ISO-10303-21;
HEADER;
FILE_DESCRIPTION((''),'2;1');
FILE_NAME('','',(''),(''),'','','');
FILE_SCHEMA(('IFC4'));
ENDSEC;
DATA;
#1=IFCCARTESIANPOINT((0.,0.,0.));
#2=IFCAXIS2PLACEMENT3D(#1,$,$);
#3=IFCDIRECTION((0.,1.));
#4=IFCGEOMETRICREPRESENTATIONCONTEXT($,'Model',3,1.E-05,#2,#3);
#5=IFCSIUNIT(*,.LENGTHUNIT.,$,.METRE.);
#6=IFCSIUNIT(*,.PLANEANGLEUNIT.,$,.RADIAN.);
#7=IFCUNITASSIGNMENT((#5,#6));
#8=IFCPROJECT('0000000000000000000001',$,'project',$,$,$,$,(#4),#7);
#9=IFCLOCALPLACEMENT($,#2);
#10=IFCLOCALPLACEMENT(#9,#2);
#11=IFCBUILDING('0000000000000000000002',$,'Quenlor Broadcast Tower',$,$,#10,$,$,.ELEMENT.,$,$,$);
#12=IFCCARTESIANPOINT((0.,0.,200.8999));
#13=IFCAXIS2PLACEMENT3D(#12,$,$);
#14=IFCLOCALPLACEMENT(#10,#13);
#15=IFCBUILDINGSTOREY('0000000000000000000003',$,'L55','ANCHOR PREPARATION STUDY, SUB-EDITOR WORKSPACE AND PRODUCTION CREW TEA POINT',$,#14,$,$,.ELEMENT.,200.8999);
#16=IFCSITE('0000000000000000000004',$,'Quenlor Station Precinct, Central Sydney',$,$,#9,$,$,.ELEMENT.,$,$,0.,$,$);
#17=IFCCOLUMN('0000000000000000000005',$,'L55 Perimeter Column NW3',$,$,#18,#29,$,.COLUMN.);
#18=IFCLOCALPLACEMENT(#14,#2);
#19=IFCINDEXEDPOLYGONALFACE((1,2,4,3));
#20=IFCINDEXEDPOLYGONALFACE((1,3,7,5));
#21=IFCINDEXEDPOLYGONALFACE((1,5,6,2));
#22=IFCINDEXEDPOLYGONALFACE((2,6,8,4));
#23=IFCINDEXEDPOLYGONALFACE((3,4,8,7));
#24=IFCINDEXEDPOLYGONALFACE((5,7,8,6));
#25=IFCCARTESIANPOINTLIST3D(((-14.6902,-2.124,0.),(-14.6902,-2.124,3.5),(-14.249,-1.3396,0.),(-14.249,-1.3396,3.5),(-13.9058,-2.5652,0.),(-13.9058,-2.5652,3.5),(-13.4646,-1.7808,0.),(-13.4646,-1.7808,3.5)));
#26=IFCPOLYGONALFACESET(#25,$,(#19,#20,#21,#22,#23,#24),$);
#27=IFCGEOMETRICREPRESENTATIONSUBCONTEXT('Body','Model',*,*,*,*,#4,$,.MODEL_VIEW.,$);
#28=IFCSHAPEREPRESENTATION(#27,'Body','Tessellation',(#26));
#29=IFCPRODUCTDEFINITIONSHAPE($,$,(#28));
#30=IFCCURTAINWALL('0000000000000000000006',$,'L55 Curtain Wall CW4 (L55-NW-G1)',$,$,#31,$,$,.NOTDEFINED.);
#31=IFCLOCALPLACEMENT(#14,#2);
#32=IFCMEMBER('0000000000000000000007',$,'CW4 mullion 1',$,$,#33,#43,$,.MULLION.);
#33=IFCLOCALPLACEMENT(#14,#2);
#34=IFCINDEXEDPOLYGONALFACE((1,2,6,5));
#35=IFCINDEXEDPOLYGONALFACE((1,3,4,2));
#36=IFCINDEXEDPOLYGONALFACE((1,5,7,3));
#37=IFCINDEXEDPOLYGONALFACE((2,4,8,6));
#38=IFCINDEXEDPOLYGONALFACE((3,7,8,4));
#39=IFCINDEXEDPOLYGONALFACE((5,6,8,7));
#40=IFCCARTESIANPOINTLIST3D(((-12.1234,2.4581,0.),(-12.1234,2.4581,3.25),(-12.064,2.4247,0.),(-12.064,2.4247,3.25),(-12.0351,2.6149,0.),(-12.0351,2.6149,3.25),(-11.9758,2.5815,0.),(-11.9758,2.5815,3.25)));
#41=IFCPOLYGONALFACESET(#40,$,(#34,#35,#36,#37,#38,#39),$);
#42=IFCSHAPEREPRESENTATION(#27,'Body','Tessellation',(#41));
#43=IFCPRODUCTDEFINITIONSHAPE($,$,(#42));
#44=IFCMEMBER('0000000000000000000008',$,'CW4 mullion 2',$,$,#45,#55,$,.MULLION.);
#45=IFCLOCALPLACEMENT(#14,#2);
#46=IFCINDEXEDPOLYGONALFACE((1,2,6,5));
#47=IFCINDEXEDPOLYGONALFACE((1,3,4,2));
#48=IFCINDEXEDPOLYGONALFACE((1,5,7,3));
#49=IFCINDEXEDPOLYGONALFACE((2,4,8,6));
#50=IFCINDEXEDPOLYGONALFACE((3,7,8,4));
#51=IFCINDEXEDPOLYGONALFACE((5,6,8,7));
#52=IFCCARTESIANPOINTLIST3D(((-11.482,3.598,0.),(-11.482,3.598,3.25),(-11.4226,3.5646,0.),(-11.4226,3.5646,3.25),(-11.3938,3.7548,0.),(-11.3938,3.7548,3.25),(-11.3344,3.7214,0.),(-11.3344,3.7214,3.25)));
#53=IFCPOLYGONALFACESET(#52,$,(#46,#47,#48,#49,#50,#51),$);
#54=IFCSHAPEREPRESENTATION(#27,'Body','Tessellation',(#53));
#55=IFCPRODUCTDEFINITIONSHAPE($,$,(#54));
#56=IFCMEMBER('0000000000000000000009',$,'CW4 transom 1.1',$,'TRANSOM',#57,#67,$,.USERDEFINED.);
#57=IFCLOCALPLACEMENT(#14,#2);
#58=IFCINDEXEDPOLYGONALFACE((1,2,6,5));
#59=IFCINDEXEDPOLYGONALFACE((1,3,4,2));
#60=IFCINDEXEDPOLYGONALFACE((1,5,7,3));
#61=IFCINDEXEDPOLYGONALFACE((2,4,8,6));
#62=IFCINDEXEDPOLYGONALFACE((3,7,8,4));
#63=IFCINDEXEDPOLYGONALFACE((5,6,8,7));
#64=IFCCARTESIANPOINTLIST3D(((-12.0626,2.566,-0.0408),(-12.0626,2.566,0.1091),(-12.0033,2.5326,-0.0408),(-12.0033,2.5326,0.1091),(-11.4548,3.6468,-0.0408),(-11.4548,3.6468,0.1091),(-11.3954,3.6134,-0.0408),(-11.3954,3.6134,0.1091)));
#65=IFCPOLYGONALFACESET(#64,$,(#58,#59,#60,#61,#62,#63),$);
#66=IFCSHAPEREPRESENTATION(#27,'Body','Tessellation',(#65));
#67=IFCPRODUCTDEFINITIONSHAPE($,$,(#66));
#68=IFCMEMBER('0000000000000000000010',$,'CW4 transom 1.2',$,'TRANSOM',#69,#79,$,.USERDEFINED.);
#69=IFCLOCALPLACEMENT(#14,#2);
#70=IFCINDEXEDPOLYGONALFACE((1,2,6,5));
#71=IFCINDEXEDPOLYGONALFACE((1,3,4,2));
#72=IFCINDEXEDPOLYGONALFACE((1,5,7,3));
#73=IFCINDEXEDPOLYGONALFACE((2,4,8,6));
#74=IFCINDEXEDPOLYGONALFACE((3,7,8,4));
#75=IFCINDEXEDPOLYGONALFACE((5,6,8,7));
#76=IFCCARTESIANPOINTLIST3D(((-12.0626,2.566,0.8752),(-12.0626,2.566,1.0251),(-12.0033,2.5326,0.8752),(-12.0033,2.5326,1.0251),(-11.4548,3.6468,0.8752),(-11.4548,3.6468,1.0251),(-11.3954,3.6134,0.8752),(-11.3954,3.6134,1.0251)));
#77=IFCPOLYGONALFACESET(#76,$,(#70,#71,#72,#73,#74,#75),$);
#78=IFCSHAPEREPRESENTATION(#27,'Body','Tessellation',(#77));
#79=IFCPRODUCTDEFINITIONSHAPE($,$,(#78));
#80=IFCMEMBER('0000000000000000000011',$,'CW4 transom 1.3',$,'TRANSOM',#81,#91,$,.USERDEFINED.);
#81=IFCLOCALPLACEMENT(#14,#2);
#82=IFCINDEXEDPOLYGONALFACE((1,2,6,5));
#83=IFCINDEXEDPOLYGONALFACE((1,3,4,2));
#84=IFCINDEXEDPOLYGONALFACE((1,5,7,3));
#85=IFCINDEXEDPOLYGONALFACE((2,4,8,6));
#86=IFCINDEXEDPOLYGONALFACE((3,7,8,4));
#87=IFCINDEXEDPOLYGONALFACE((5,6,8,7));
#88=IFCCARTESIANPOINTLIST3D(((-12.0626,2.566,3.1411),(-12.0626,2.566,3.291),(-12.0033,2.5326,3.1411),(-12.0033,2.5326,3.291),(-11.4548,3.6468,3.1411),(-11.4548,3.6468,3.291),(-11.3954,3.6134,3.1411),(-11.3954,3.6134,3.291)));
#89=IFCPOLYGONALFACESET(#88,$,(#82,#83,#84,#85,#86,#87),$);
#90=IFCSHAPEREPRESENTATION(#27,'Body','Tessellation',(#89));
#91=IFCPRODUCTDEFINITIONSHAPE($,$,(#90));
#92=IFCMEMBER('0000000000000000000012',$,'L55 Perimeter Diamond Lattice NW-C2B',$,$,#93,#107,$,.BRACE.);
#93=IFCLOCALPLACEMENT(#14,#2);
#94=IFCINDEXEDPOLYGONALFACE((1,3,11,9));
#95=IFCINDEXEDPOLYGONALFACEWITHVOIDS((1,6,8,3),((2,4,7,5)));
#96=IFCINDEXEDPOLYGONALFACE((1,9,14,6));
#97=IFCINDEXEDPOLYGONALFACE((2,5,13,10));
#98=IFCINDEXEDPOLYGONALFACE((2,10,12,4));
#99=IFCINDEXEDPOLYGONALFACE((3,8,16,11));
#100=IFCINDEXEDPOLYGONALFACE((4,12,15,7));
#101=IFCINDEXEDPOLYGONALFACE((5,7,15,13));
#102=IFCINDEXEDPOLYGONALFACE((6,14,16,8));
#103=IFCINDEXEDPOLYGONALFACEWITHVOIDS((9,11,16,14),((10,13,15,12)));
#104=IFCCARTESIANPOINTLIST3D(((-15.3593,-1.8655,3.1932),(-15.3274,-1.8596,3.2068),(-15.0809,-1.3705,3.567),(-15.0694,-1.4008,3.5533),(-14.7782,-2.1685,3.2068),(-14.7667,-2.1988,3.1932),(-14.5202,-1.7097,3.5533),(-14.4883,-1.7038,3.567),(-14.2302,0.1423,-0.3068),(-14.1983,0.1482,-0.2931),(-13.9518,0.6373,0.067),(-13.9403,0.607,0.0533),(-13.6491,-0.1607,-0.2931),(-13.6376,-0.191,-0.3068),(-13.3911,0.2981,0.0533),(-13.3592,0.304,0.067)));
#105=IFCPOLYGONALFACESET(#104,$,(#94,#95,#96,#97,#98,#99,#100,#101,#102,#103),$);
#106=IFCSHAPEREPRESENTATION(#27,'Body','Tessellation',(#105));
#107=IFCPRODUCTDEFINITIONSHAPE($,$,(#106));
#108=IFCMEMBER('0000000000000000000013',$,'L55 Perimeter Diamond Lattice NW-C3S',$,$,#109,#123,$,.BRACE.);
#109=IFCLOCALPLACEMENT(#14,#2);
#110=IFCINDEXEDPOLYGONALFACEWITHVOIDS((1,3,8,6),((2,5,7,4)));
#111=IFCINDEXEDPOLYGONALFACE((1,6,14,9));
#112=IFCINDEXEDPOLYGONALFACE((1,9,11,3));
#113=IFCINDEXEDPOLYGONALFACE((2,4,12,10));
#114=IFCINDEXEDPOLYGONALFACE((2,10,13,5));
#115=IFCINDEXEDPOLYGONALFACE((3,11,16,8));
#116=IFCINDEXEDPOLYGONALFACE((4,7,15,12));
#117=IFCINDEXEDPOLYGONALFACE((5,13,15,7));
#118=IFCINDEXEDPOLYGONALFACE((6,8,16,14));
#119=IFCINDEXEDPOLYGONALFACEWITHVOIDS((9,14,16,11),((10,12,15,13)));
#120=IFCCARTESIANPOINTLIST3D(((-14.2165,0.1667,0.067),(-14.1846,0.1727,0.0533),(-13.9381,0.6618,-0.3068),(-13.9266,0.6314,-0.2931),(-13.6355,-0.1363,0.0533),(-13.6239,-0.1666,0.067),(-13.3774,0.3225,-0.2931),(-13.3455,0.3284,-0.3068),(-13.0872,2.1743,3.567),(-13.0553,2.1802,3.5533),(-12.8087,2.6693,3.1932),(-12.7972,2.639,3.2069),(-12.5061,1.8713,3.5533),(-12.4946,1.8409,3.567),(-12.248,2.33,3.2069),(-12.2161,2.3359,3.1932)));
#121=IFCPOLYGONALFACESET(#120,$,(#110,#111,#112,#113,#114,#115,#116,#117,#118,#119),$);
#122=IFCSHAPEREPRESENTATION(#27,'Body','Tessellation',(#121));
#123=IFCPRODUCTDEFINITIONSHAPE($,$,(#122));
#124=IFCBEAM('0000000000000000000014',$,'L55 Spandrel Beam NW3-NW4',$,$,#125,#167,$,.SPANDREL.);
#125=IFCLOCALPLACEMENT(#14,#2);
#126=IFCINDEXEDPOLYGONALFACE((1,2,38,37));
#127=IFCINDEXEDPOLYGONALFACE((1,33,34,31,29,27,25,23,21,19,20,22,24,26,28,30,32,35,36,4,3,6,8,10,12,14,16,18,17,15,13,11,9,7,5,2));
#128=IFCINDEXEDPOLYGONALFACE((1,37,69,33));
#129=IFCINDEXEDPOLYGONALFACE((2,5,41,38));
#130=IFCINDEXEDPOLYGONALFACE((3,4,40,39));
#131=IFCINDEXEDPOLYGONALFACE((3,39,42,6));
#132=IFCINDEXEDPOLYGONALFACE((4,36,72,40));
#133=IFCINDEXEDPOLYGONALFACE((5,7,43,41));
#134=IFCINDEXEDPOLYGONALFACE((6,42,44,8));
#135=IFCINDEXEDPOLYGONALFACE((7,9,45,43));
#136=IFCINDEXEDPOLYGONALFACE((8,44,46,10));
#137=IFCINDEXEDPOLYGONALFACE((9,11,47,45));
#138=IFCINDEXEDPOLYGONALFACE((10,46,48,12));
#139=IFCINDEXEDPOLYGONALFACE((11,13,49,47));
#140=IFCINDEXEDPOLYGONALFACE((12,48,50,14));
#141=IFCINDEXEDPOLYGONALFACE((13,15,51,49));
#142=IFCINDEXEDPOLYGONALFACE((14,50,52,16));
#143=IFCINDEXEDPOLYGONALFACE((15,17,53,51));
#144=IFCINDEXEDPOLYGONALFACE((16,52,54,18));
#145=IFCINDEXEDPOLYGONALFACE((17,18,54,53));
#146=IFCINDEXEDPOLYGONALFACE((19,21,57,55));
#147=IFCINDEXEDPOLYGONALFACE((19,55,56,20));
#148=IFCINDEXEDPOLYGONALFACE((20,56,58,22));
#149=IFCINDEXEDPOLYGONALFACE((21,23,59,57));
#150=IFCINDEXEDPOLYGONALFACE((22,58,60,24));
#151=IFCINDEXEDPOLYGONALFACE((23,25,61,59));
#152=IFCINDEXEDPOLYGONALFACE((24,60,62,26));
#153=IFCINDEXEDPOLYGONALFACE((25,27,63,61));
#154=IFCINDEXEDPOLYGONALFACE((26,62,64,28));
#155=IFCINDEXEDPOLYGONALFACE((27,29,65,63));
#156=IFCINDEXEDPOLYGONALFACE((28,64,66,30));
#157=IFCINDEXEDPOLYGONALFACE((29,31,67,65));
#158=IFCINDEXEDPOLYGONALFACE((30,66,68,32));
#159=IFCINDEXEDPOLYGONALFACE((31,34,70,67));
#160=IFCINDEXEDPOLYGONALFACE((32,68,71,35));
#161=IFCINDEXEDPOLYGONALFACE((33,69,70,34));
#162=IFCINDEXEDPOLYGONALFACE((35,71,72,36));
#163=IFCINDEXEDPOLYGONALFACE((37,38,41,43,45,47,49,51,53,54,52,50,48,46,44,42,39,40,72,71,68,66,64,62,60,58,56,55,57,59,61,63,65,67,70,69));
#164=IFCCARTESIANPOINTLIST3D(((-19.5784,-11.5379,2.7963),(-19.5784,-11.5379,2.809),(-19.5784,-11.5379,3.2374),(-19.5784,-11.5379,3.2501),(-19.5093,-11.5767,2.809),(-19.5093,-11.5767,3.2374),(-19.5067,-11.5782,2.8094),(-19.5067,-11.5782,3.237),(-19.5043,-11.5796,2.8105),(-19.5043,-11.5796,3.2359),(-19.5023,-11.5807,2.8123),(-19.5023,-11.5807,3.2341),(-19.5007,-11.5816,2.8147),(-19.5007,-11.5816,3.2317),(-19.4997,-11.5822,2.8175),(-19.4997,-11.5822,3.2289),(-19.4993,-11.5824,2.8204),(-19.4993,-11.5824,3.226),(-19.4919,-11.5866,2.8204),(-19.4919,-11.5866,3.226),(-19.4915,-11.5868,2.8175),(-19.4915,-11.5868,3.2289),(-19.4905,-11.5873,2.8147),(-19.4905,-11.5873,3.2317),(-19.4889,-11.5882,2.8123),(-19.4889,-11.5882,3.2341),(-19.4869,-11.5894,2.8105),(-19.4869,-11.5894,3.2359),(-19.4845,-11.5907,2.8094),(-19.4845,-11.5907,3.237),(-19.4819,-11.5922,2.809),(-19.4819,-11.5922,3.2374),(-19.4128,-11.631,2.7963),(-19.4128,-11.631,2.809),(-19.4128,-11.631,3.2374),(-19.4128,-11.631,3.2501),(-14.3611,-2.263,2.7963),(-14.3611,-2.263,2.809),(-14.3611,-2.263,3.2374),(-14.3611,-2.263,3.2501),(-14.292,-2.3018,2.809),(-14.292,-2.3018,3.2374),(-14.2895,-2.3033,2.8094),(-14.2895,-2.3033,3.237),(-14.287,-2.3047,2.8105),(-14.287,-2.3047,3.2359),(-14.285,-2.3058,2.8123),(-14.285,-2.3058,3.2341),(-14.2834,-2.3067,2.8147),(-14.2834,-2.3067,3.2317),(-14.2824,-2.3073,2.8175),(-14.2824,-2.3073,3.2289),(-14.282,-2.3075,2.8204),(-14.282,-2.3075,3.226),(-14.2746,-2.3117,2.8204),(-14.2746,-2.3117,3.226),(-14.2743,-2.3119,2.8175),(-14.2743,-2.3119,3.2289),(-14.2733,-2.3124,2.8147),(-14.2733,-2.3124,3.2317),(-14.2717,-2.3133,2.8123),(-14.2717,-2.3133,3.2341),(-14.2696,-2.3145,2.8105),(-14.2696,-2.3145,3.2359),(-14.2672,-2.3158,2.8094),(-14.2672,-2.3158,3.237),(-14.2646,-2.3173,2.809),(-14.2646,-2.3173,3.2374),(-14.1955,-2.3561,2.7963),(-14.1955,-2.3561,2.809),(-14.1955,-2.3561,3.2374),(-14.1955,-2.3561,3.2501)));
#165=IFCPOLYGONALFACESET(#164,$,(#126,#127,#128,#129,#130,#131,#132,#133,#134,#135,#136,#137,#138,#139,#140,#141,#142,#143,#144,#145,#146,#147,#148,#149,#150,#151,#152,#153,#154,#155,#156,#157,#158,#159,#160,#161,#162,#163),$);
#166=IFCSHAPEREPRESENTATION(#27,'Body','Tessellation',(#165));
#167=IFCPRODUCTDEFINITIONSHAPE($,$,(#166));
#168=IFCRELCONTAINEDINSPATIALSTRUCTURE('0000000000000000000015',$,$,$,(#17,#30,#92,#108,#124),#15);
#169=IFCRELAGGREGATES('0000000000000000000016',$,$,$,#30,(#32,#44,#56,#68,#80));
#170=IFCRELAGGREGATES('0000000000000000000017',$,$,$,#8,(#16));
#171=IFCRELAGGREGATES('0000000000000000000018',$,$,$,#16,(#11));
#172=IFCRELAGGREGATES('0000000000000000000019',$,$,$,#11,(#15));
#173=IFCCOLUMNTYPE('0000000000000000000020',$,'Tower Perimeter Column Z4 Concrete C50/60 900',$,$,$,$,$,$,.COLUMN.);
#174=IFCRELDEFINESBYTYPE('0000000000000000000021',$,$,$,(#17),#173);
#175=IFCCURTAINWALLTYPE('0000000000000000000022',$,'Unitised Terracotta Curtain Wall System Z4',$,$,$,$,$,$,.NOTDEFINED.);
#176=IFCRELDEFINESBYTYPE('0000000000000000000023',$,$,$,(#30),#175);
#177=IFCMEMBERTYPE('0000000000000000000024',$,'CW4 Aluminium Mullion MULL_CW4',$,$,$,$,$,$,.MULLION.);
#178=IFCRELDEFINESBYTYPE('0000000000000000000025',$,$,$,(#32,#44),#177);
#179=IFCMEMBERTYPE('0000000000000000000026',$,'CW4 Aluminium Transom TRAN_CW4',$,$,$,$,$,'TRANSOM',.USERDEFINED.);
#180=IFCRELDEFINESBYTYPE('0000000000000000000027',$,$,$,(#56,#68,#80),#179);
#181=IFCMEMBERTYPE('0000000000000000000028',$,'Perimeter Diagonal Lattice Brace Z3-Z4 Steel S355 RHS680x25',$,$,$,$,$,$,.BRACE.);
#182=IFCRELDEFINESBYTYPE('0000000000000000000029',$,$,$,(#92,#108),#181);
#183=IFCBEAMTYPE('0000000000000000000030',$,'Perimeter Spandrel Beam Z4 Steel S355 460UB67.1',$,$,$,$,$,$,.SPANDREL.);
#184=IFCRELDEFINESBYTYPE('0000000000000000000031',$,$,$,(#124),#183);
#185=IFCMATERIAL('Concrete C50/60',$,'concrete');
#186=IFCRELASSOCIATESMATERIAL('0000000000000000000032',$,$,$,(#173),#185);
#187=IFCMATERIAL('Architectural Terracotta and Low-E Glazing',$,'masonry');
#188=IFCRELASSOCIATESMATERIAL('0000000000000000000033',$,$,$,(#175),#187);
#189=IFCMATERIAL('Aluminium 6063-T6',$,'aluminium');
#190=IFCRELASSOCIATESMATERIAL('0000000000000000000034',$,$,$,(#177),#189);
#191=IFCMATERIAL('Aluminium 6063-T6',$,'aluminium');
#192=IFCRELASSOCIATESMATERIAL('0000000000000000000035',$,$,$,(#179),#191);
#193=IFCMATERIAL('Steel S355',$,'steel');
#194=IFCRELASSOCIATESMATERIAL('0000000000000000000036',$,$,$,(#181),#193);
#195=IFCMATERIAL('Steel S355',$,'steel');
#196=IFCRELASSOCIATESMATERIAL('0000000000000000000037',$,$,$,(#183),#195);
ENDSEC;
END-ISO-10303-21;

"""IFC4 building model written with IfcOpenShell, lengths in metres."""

from ifc_helpers import new_model, si_unit, direction, frame, origin, origin_2d, place, context, subcontext, project, spatial, rectangle, hollow_rectangle, i_section, extrude, material, material_profile, profile_set, type_object, element, aggregate, save


model = new_model("IFC4")

# Units and contexts
model_context = context("Model", 3, precision=1e-05, world=origin(), true_north=direction((0.0, 1.0)))
body_context = subcontext(model_context, "Body", "Model", "MODEL_VIEW")
ifc_project = project(units=[si_unit("LENGTHUNIT", "METRE"), si_unit("PLANEANGLEUNIT", "RADIAN")], contexts=[model_context])

# Site, building, storey
site_placement = place(None, origin())
site = spatial("IfcSite", under=ifc_project, at=site_placement, Name="Quenlor Station Precinct, Central Sydney", CompositionType="ELEMENT", RefElevation=0.0)
building_placement = place(site_placement, origin())
building = spatial("IfcBuilding", under=site, at=building_placement, Name="Quenlor Broadcast Tower", CompositionType="ELEMENT")
storey_placement = place(building_placement, frame((0.0, 0.0, 200.8999)))
storey = spatial("IfcBuildingStorey", under=building, at=storey_placement, Name="L55", Description="ANCHOR PREPARATION STUDY, SUB-EDITOR WORKSPACE AND PRODUCTION CREW TEA POINT", CompositionType="ELEMENT", Elevation=200.8999)

# Column
ifc_material_1 = material(Name="Concrete C50/60", Category="concrete")
ifc_material_profile_1 = material_profile(ifc_material_1, rectangle(XDim=0.8999, YDim=0.8999, at=origin_2d()))
ifc_profile_set_1 = profile_set([ifc_material_profile_1], Name="Concrete C50/60 RC900x900")
column_type = type_object("IfcColumnType", Name="Tower Perimeter Column Z4 Concrete C50/60 900", PredefinedType="COLUMN", material=ifc_profile_set_1)
column_placement = place(storey_placement, frame((-14.0774, -1.9524, 0.0), z_axis=(0.0, 0.0, 1.0), x_axis=(-0.871575, 0.490262, 0.0)))
element("IfcColumn", 1, at=column_placement, inside=storey, type_object=column_type, Name="L55 Perimeter Column NW3", PredefinedType="COLUMN", context=body_context, shape_type="SweptSolid", body=[
    extrude(rectangle(XDim=0.8999, YDim=0.8999, at=origin_2d()), origin(), (0.0, 0.0, 1.0), 3.5),
])

# Curtain wall, members
ifc_material_2 = material(Name="Architectural Terracotta and Low-E Glazing", Category="masonry")
curtain_wall_type = type_object("IfcCurtainWallType", Name="Unitised Terracotta Curtain Wall System Z4", PredefinedType="NOTDEFINED", material=ifc_material_2)
curtain_wall_placement = place(storey_placement, origin())
curtain_wall = element("IfcCurtainWall", 2, at=curtain_wall_placement, inside=storey, type_object=curtain_wall_type, Name="L55 Curtain Wall CW4 (L55-NW-G1)", PredefinedType="NOTDEFINED")
ifc_material_3 = material(Name="Aluminium 6063-T6", Category="aluminium")
ifc_material_profile_2 = material_profile(ifc_material_3, rectangle(XDim=0.0681, YDim=0.1799, at=origin_2d()))
ifc_profile_set_2 = profile_set([ifc_material_profile_2], Name="Aluminium 6063-T6 MULL68x180")
member_type_1 = type_object("IfcMemberType", Name="CW4 Aluminium Mullion MULL_CW4", PredefinedType="MULLION", material=ifc_profile_set_2)
member_1_placement = place(storey_placement, frame((-12.0496, 2.5198, 0.0), z_axis=(0.0, 0.0, 1.0), x_axis=(-0.87156, 0.490289, 0.0)))
member_1 = element("IfcMember", 3, at=member_1_placement, type_object=member_type_1, Name="CW4 mullion 1", PredefinedType="MULLION", context=body_context, shape_type="SweptSolid", body=[
    extrude(rectangle(XDim=0.0681, YDim=0.1799, at=origin_2d()), origin(), (0.0, 0.0, 1.0), 3.25),
])
member_2_placement = place(storey_placement, frame((-11.4082, 3.6597, 0.0), z_axis=(0.0, 0.0, 1.0), x_axis=(-0.87156, 0.490289, 0.0)))
member_2 = element("IfcMember", 4, at=member_2_placement, type_object=member_type_1, Name="CW4 mullion 2", PredefinedType="MULLION", context=body_context, shape_type="SweptSolid", body=[
    extrude(rectangle(XDim=0.0681, YDim=0.1799, at=origin_2d()), origin(), (0.0, 0.0, 1.0), 3.25),
])
ifc_material_4 = material(Name="Aluminium 6063-T6", Category="aluminium")
ifc_material_profile_3 = material_profile(ifc_material_4, rectangle(XDim=0.0681, YDim=0.1499, at=origin_2d()))
ifc_profile_set_3 = profile_set([ifc_material_profile_3], Name="Aluminium 6063-T6 TRAN68x150")
member_type_2 = type_object("IfcMemberType", Name="CW4 Aluminium Transom TRAN_CW4", ElementType="TRANSOM", PredefinedType="USERDEFINED", material=ifc_profile_set_3)
member_3_placement = place(storey_placement, frame((-12.033, 2.5493, 0.0342), z_axis=(0.490233, 0.871591, 0.0), x_axis=(-0.871591, 0.490233, 0.0)))
member_3 = element("IfcMember", 5, at=member_3_placement, type_object=member_type_2, Name="CW4 transom 1.1", ObjectType="TRANSOM", PredefinedType="USERDEFINED", context=body_context, shape_type="SweptSolid", body=[
    extrude(rectangle(XDim=0.0681, YDim=0.1499, at=origin_2d()), origin(), (0.0, 0.0, 1.0), 1.24),
])
member_4_placement = place(storey_placement, frame((-12.033, 2.5493, 0.9502), z_axis=(0.490233, 0.871591, 0.0), x_axis=(-0.871591, 0.490233, 0.0)))
member_4 = element("IfcMember", 6, at=member_4_placement, type_object=member_type_2, Name="CW4 transom 1.2", ObjectType="TRANSOM", PredefinedType="USERDEFINED", context=body_context, shape_type="SweptSolid", body=[
    extrude(rectangle(XDim=0.0681, YDim=0.1499, at=origin_2d()), origin(), (0.0, 0.0, 1.0), 1.24),
])
member_5_placement = place(storey_placement, frame((-12.033, 2.5493, 3.2161), z_axis=(0.490233, 0.871591, 0.0), x_axis=(-0.871591, 0.490233, 0.0)))
member_5 = element("IfcMember", 7, at=member_5_placement, type_object=member_type_2, Name="CW4 transom 1.3", ObjectType="TRANSOM", PredefinedType="USERDEFINED", context=body_context, shape_type="SweptSolid", body=[
    extrude(rectangle(XDim=0.0681, YDim=0.1499, at=origin_2d()), origin(), (0.0, 0.0, 1.0), 1.24),
])

# Members
ifc_material_5 = material(Name="Steel S355", Category="steel")
ifc_material_profile_4 = material_profile(ifc_material_5, hollow_rectangle(XDim=0.6799, YDim=0.6799, WallThickness=0.0249, at=origin_2d()))
ifc_profile_set_4 = profile_set([ifc_material_profile_4], Name="Steel S355 RHS680x680x25")
member_type_3 = type_object("IfcMemberType", Name="Perimeter Diagonal Lattice Brace Z3-Z4 Steel S355 RHS680x25", PredefinedType="BRACE", material=ifc_profile_set_4)
for number, where, z_axis, x_axis, name in (
    (8, (-13.7947, 0.2231, -0.1199), (-0.269485, -0.479189, 0.835318), (0.871621, -0.490181, 0.0), "L55 Perimeter Diamond Lattice NW-C2B"),
    (9, (-13.781, 0.2476, -0.1199), (0.269547, 0.479136, 0.835328), (-0.87155, 0.490307, 0.0), "L55 Perimeter Diamond Lattice NW-C3S"),
):
    element("IfcMember", number, at=place(storey_placement, frame(where, z_axis=z_axis, x_axis=x_axis)), inside=storey, type_object=member_type_3, Name=name, PredefinedType="BRACE", context=body_context, shape_type="SweptSolid", body=[
        extrude(hollow_rectangle(XDim=0.6799, YDim=0.6799, WallThickness=0.0249, at=origin_2d()), origin(), (0.0, 0.0, 1.0), 4.1899),
    ])

# Beam
ifc_material_6 = material(Name="Steel S355", Category="steel")
ifc_material_profile_5 = material_profile(ifc_material_6, i_section(OverallWidth=0.1899, OverallDepth=0.4539, WebThickness=0.0085, FlangeThickness=0.0127, FilletRadius=0.0115, at=origin_2d()))
ifc_profile_set_5 = profile_set([ifc_material_profile_5], Name="Steel S355 460UB67.1")
beam_type_1 = type_object("IfcBeamType", Name="Perimeter Spandrel Beam Z4 Steel S355 460UB67.1", PredefinedType="SPANDREL", material=ifc_profile_set_5)
beam_1_placement = place(storey_placement, frame((-14.2783, -2.3096, 3.0232), z_axis=(-0.490272, -0.871569, 0.0), x_axis=(0.871569, -0.490272, 0.0)))
element("IfcBeam", 10, at=beam_1_placement, inside=storey, type_object=beam_type_1, Name="L55 Spandrel Beam NW3-NW4", PredefinedType="SPANDREL", context=body_context, shape_type="SweptSolid", body=[
    extrude(i_section(OverallWidth=0.1899, OverallDepth=0.4539, WebThickness=0.0085, FlangeThickness=0.0127, FilletRadius=0.0115, at=origin_2d()), origin(), (0.0, 0.0, 1.0), 10.6416),
])

aggregate(curtain_wall, [member_1, member_2, member_3, member_4, member_5])

save(model, "model.ifc")
